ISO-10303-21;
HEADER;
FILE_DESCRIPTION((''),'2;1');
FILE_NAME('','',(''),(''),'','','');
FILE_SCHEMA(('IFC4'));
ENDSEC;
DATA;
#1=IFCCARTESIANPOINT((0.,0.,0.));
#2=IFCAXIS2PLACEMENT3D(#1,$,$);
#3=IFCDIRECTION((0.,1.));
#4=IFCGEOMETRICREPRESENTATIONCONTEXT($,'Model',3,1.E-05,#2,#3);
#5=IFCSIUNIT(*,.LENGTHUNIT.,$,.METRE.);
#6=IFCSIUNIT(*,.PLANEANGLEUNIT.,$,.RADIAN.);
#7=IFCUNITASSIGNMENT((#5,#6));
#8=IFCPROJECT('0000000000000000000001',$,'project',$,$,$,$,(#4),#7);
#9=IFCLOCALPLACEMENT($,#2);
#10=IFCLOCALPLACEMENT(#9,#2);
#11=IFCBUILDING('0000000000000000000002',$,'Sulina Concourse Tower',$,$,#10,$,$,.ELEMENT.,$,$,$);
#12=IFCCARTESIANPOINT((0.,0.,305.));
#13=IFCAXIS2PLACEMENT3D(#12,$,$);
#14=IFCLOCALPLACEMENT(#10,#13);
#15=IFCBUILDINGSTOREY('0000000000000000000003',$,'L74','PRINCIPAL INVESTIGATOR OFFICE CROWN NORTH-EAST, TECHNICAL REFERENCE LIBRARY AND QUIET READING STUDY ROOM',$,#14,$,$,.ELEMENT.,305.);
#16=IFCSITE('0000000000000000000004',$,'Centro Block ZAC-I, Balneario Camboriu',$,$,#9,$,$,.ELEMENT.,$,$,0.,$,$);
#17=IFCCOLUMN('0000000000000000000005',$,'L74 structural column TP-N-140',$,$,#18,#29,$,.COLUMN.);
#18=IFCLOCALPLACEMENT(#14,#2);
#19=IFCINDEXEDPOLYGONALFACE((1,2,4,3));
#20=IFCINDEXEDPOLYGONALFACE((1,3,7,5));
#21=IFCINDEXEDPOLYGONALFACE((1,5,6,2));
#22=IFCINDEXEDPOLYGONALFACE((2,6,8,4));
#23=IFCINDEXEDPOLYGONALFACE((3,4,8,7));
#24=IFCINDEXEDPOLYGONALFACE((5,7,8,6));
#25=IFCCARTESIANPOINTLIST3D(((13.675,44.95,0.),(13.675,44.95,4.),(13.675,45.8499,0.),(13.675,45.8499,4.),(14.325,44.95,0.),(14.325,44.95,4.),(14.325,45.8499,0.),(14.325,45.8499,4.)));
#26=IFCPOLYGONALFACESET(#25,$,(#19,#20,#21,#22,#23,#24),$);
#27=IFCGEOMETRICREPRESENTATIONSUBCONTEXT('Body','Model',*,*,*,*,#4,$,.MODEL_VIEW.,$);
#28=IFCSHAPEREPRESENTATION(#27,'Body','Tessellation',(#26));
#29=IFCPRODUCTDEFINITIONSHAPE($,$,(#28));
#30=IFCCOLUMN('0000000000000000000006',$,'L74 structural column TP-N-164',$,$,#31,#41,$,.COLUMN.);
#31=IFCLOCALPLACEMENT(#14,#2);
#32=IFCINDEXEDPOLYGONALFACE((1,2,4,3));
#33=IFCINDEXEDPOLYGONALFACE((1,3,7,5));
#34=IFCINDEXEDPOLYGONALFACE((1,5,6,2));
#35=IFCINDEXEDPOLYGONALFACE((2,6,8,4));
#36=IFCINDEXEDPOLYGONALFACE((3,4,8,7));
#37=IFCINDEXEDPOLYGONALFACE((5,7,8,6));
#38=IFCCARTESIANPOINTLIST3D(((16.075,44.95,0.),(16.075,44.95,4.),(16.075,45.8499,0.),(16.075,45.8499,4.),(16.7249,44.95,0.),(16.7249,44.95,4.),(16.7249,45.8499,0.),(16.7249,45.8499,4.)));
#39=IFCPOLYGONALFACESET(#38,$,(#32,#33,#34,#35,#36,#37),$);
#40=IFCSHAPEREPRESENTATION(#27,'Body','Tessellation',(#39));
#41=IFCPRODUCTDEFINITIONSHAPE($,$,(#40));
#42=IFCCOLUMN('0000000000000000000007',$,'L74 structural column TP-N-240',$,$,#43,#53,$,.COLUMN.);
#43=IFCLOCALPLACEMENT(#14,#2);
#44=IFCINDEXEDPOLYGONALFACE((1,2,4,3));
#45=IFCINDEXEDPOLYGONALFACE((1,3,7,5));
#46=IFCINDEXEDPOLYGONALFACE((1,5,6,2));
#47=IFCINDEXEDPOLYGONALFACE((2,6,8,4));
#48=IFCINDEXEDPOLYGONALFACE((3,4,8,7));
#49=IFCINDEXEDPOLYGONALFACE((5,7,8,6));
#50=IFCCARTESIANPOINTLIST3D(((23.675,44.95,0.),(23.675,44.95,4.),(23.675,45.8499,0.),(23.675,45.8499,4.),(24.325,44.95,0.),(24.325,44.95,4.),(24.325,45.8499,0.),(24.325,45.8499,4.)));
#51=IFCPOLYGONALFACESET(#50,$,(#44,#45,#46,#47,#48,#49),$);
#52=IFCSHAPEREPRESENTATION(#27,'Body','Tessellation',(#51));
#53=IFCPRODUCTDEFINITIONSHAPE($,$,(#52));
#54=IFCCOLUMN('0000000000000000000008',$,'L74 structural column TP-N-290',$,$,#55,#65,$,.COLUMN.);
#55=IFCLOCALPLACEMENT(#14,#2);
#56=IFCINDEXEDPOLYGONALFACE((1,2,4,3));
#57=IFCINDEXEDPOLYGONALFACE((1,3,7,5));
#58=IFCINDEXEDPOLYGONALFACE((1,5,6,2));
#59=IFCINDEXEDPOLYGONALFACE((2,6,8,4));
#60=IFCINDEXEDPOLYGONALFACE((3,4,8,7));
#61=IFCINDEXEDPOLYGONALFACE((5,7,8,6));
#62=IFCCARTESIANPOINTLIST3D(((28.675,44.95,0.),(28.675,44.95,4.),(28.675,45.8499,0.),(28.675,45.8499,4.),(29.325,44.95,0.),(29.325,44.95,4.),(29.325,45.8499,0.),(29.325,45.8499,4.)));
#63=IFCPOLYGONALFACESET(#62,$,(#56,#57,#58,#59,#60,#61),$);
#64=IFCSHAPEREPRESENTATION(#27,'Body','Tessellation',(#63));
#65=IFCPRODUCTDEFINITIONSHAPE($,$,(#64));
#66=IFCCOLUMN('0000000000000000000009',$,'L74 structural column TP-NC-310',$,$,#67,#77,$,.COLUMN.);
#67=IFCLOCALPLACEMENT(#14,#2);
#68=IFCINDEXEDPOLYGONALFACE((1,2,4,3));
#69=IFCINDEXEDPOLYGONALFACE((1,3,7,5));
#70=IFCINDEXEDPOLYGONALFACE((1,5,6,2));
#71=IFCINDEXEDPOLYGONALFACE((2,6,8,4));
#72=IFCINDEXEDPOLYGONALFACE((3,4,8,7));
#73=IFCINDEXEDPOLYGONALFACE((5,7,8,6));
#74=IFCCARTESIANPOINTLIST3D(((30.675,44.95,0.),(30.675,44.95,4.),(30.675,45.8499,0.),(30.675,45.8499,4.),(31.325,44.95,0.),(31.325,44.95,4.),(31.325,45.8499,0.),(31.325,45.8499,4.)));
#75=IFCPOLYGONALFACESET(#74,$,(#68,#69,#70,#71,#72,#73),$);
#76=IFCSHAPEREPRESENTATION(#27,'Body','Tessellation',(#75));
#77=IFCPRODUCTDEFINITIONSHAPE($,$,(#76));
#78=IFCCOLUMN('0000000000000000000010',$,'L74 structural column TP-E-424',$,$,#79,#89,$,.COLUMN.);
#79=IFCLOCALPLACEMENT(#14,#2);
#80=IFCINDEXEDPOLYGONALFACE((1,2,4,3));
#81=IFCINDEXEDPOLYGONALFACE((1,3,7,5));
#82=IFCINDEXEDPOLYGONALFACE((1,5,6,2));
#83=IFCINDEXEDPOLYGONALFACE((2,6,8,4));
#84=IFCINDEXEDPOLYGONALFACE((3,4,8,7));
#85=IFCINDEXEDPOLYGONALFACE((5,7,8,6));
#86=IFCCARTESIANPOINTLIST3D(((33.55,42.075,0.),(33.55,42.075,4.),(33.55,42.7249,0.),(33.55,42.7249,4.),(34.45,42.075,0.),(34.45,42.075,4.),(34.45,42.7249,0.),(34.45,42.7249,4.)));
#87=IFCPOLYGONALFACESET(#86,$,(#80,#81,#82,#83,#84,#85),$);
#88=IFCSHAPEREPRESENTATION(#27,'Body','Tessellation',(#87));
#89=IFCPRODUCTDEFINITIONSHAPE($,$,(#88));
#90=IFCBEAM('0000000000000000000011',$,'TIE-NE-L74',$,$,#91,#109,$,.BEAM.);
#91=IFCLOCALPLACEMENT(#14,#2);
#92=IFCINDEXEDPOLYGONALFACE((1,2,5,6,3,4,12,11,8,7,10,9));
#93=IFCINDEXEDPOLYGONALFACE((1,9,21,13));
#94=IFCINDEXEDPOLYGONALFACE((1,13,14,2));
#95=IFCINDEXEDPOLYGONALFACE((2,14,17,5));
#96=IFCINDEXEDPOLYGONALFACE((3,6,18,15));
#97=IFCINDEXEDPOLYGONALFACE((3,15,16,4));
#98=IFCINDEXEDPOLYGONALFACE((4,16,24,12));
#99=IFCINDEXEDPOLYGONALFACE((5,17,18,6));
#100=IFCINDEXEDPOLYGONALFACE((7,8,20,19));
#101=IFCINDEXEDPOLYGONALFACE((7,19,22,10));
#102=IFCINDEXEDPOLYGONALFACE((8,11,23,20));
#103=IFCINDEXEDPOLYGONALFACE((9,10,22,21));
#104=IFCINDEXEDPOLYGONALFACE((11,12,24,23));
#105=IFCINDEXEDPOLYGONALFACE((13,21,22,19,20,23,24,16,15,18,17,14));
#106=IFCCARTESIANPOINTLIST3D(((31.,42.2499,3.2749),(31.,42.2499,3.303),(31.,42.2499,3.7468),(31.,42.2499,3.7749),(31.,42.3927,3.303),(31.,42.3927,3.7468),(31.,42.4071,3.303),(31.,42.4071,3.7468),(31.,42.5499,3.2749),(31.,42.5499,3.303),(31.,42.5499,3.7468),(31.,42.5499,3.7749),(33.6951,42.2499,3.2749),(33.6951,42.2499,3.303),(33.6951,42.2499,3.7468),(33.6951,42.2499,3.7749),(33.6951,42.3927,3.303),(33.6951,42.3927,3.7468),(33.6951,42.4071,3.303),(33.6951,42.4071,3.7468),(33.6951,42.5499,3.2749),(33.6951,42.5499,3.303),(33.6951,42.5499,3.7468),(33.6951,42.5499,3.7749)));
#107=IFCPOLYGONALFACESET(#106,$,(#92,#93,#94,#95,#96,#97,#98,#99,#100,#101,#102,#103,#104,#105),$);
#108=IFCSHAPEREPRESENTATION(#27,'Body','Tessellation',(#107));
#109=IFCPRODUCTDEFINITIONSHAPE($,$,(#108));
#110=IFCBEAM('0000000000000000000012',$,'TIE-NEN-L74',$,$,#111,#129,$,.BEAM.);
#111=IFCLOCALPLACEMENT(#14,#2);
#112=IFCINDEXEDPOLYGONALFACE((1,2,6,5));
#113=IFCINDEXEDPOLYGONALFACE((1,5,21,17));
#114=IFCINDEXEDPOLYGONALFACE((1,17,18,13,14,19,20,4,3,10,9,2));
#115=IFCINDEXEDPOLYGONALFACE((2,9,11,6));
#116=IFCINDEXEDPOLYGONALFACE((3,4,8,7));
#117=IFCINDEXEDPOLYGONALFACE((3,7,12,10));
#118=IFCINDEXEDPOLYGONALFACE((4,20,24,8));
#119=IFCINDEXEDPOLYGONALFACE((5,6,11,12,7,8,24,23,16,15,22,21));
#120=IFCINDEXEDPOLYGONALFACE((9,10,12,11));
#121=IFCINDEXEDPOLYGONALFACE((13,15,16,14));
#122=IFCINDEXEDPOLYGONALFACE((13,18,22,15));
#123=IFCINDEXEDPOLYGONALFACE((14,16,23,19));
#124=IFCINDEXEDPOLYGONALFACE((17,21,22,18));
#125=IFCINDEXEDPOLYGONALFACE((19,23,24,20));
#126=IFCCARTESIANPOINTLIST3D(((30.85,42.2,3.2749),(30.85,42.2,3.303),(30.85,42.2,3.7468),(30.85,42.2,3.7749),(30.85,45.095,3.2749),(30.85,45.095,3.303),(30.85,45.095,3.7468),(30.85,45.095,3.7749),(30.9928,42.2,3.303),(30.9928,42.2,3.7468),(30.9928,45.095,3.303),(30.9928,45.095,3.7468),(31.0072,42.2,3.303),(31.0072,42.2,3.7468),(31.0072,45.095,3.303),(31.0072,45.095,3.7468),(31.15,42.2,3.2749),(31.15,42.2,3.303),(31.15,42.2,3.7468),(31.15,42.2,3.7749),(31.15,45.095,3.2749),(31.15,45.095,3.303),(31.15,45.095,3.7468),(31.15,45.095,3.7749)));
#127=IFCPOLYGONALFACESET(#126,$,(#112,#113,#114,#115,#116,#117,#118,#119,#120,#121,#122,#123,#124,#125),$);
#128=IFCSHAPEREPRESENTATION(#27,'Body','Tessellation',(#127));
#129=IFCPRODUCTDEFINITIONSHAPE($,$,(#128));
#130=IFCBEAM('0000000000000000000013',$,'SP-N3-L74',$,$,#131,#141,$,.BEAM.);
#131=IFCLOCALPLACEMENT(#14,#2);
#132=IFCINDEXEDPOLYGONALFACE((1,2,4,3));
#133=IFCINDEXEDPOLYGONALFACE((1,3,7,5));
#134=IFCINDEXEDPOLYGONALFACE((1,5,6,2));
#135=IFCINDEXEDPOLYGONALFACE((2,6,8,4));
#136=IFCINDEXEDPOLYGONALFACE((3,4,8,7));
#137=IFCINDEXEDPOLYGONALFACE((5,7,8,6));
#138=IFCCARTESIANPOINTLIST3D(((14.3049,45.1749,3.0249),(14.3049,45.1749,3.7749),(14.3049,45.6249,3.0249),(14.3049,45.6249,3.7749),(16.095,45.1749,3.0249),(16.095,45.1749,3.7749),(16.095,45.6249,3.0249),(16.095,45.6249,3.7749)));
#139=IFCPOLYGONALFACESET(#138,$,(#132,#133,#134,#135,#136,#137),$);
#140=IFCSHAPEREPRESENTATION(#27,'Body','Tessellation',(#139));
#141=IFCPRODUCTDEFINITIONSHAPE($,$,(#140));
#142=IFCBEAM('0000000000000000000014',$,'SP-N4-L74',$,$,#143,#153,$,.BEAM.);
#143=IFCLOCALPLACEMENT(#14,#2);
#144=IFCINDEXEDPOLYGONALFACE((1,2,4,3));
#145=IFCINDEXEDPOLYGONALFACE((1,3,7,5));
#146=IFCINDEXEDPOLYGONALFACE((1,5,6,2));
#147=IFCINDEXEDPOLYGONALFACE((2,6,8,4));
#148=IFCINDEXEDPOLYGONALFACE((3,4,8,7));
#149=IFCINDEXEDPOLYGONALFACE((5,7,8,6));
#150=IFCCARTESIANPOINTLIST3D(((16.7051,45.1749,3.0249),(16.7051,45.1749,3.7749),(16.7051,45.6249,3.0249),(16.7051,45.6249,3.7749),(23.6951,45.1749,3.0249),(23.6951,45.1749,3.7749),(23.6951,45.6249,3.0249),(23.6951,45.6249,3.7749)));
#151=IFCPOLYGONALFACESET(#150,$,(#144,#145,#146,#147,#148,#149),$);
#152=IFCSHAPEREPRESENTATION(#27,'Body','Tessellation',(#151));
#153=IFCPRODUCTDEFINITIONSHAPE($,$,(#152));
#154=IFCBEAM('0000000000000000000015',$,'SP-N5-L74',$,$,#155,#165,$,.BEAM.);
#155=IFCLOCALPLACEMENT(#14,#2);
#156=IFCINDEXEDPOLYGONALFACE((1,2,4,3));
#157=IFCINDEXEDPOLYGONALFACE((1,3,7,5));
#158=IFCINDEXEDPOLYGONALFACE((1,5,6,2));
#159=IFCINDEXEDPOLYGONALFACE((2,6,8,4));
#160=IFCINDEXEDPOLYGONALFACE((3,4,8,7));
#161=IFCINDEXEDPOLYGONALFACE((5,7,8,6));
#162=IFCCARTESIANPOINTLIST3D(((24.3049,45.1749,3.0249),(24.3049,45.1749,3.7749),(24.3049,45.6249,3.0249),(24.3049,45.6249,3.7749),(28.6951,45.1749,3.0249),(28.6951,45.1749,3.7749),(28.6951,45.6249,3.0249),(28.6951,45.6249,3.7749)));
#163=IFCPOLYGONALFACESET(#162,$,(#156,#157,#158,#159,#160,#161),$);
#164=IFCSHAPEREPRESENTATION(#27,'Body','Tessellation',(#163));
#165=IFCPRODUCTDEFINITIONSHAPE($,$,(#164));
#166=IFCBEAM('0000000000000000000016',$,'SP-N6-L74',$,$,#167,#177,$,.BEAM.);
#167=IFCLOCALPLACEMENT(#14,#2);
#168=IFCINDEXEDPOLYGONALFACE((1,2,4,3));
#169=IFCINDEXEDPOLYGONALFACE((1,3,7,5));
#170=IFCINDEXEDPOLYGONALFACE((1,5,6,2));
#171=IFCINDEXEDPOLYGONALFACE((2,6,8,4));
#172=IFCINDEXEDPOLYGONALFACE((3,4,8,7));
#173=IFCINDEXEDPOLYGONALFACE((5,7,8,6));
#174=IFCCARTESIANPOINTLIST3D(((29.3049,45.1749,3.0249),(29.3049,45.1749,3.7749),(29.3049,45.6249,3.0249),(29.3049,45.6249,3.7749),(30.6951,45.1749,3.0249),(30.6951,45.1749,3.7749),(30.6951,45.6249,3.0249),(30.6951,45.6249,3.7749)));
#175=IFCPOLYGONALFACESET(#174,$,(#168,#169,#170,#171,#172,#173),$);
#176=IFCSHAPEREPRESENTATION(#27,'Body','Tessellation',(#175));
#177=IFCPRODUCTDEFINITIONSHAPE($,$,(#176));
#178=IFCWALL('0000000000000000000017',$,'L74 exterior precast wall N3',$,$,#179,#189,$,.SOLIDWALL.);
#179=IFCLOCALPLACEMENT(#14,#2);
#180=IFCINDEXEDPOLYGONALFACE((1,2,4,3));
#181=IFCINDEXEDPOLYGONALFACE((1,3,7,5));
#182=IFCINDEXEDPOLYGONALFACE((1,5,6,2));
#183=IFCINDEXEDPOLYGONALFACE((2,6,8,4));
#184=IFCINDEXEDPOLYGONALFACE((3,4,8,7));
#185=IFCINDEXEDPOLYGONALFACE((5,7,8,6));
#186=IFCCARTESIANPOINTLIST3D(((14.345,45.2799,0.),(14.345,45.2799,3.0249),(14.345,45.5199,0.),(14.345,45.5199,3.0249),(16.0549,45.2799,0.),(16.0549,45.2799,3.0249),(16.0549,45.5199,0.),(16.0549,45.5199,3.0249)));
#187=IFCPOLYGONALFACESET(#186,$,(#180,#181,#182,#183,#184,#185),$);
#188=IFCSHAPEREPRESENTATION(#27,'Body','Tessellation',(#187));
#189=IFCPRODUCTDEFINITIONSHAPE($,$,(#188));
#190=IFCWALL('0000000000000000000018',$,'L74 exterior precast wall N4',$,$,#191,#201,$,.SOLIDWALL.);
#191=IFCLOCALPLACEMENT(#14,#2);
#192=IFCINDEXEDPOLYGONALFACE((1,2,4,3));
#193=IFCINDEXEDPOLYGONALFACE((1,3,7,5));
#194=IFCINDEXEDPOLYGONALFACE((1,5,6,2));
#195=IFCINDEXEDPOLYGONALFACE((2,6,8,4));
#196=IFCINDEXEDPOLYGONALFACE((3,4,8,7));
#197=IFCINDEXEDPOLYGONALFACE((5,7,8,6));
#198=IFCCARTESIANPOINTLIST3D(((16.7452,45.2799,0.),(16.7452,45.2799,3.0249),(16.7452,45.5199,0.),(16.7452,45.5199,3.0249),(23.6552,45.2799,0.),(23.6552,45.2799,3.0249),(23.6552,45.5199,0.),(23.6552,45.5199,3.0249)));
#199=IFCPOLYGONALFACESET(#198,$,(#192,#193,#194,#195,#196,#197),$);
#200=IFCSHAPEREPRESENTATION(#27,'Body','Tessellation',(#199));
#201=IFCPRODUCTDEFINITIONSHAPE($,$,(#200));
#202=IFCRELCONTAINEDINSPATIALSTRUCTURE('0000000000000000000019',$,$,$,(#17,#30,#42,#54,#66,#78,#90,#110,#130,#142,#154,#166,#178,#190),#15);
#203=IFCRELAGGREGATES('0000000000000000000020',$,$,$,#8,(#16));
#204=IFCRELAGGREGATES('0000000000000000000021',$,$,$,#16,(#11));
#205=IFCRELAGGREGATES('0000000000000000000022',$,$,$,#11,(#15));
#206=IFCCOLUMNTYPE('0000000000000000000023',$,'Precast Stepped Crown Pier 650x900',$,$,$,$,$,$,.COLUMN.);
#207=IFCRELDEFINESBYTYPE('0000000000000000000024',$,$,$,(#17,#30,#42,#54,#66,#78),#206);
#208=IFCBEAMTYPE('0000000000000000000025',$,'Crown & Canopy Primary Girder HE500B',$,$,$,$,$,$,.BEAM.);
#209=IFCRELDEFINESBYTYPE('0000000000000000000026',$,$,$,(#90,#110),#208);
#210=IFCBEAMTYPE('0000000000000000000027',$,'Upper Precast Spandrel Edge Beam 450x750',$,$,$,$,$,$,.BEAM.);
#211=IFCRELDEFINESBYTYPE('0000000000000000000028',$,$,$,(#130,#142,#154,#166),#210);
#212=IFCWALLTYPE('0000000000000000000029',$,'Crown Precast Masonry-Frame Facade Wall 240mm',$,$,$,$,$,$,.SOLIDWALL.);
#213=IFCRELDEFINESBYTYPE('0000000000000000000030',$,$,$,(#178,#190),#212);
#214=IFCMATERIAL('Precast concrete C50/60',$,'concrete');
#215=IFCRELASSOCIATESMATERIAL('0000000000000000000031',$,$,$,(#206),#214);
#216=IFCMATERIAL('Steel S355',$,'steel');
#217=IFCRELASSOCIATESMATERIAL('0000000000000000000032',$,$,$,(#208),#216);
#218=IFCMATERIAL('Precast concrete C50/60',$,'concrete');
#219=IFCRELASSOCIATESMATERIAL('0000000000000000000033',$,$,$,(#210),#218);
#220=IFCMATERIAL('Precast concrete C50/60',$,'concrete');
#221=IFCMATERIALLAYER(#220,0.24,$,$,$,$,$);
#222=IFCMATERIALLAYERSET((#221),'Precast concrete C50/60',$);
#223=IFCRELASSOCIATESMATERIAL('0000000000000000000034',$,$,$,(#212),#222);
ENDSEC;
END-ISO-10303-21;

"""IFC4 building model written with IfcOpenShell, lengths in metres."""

from ifc_helpers import new_model, si_unit, direction, frame, frame_2d, origin, origin_2d, place, context, subcontext, project, spatial, rectangle, i_section, extrude, material, layer, layer_set, material_profile, profile_set, type_object, element, save


model = new_model("IFC4")

# Units and contexts
model_context = context("Model", 3, precision=1e-05, world=origin(), true_north=direction((0.0, 1.0)))
body_context = subcontext(model_context, "Body", "Model", "MODEL_VIEW")
ifc_project = project(units=[si_unit("LENGTHUNIT", "METRE"), si_unit("PLANEANGLEUNIT", "RADIAN")], contexts=[model_context])

# Site, building, storey
site_placement = place(None, origin())
site = spatial("IfcSite", under=ifc_project, at=site_placement, Name="Centro Block ZAC-I, Balneario Camboriu", CompositionType="ELEMENT", RefElevation=0.0)
building_placement = place(site_placement, origin())
building = spatial("IfcBuilding", under=site, at=building_placement, Name="Sulina Concourse Tower", CompositionType="ELEMENT")
storey_placement = place(building_placement, frame((0.0, 0.0, 305.0)))
storey = spatial("IfcBuildingStorey", under=building, at=storey_placement, Name="L74", Description="PRINCIPAL INVESTIGATOR OFFICE CROWN NORTH-EAST, TECHNICAL REFERENCE LIBRARY AND QUIET READING STUDY ROOM", CompositionType="ELEMENT", Elevation=305.0)

# Columns
ifc_material_1 = material(Name="Precast concrete C50/60", Category="concrete")
ifc_material_profile_1 = material_profile(ifc_material_1, rectangle(XDim=0.6499, YDim=0.8999, at=origin_2d()), Name="PC 650x900")
ifc_profile_set_1 = profile_set([ifc_material_profile_1], Name="Precast concrete C50/60")
column_type = type_object("IfcColumnType", Name="Precast Stepped Crown Pier 650x900", PredefinedType="COLUMN", material=ifc_profile_set_1)
for number, where, z_axis, x_axis, name in (
    (1, (14.0, 45.3999, 0.0), (0.0, 0.0, 1.0), (1.0, 0.0, 0.0), "L74 structural column TP-N-140"),
    (2, (16.3999, 45.3999, 0.0), (0.0, 0.0, 1.0), (1.0, 0.0, 0.0), "L74 structural column TP-N-164"),
    (3, (24.0, 45.3999, 0.0), (0.0, 0.0, 1.0), (1.0, 0.0, 0.0), "L74 structural column TP-N-240"),
    (4, (29.0, 45.3999, 0.0), (0.0, 0.0, 1.0), (1.0, 0.0, 0.0), "L74 structural column TP-N-290"),
    (5, (31.0, 45.3999, 0.0), (0.0, 0.0, 1.0), (1.0, 0.0, 0.0), "L74 structural column TP-NC-310"),
    (6, (34.0, 42.3999, 0.0), (0.0, 0.0, 1.0), (0.0, 1.0, 0.0), "L74 structural column TP-E-424"),
):
    element("IfcColumn", number, at=place(storey_placement, frame(where, z_axis=z_axis, x_axis=x_axis)), inside=storey, type_object=column_type, Name=name, PredefinedType="COLUMN", context=body_context, shape_type="SweptSolid", body=[
        extrude(rectangle(XDim=0.6499, YDim=0.8999, at=origin_2d()), origin(), (0.0, 0.0, 1.0), 4.0),
    ])

# Beams
ifc_material_2 = material(Name="Steel S355", Category="steel")
ifc_material_profile_2 = material_profile(ifc_material_2, i_section(OverallWidth=0.3, OverallDepth=0.5, WebThickness=0.0144, FlangeThickness=0.0281, at=origin_2d()), Name="HE 500 B")
ifc_profile_set_2 = profile_set([ifc_material_profile_2], Name="Steel S355")
beam_type_1 = type_object("IfcBeamType", Name="Crown & Canopy Primary Girder HE500B", PredefinedType="BEAM", material=ifc_profile_set_2)
beam_1_placement = place(storey_placement, frame((31.0, 42.3999, 3.5249), z_axis=(1.0, 0.0, 0.0), x_axis=(0.0, 1.0, 0.0)))
element("IfcBeam", 7, at=beam_1_placement, inside=storey, type_object=beam_type_1, Name="TIE-NE-L74", PredefinedType="BEAM", context=body_context, shape_type="SweptSolid", body=[
    extrude(i_section(OverallWidth=0.3, OverallDepth=0.5, WebThickness=0.0144, FlangeThickness=0.0281, at=origin_2d()), origin(), (0.0, 0.0, 1.0), 2.6951),
])
beam_2_placement = place(storey_placement, frame((31.0, 42.2, 3.5249), z_axis=(0.0, 1.0, 0.0), x_axis=(-1.0, 0.0, 0.0)))
element("IfcBeam", 8, at=beam_2_placement, inside=storey, type_object=beam_type_1, Name="TIE-NEN-L74", PredefinedType="BEAM", context=body_context, shape_type="SweptSolid", body=[
    extrude(i_section(OverallWidth=0.3, OverallDepth=0.5, WebThickness=0.0144, FlangeThickness=0.0281, at=origin_2d()), origin(), (0.0, 0.0, 1.0), 2.895),
])
ifc_material_3 = material(Name="Precast concrete C50/60", Category="concrete")
ifc_material_profile_3 = material_profile(ifc_material_3, rectangle(XDim=0.45, YDim=0.75, at=origin_2d()), Name="RC 450x750")
ifc_profile_set_3 = profile_set([ifc_material_profile_3], Name="Precast concrete C50/60")
beam_type_2 = type_object("IfcBeamType", Name="Upper Precast Spandrel Edge Beam 450x750", PredefinedType="BEAM", material=ifc_profile_set_3)
beam_3_placement = place(storey_placement, frame((14.3049, 45.3999, 3.3999), z_axis=(1.0, 0.0, 0.0), x_axis=(0.0, 1.0, 0.0)))
element("IfcBeam", 9, at=beam_3_placement, inside=storey, type_object=beam_type_2, Name="SP-N3-L74", PredefinedType="BEAM", context=body_context, shape_type="SweptSolid", body=[
    extrude(rectangle(XDim=0.45, YDim=0.75, at=origin_2d()), origin(), (0.0, 0.0, 1.0), 1.79),
])
beam_4_placement = place(storey_placement, frame((16.7051, 45.3999, 3.3999), z_axis=(1.0, 0.0, 0.0), x_axis=(0.0, 1.0, 0.0)))
element("IfcBeam", 10, at=beam_4_placement, inside=storey, type_object=beam_type_2, Name="SP-N4-L74", PredefinedType="BEAM", context=body_context, shape_type="SweptSolid", body=[
    extrude(rectangle(XDim=0.45, YDim=0.75, at=origin_2d()), origin(), (0.0, 0.0, 1.0), 6.99),
])
beam_5_placement = place(storey_placement, frame((24.3049, 45.3999, 3.3999), z_axis=(1.0, 0.0, 0.0), x_axis=(0.0, 1.0, 0.0)))
element("IfcBeam", 11, at=beam_5_placement, inside=storey, type_object=beam_type_2, Name="SP-N5-L74", PredefinedType="BEAM", context=body_context, shape_type="SweptSolid", body=[
    extrude(rectangle(XDim=0.45, YDim=0.75, at=origin_2d()), origin(), (0.0, 0.0, 1.0), 4.3901),
])
beam_6_placement = place(storey_placement, frame((29.3049, 45.3999, 3.3999), z_axis=(1.0, 0.0, 0.0), x_axis=(0.0, 1.0, 0.0)))
element("IfcBeam", 12, at=beam_6_placement, inside=storey, type_object=beam_type_2, Name="SP-N6-L74", PredefinedType="BEAM", context=body_context, shape_type="SweptSolid", body=[
    extrude(rectangle(XDim=0.45, YDim=0.75, at=origin_2d()), origin(), (0.0, 0.0, 1.0), 1.3901),
])

# Walls
ifc_material_4 = material(Name="Precast concrete C50/60", Category="concrete")
ifc_layer = layer(ifc_material_4, 0.24)
ifc_layer_set = layer_set([ifc_layer], Name="Precast concrete C50/60")
wall_type = type_object("IfcWallType", Name="Crown Precast Masonry-Frame Facade Wall 240mm", PredefinedType="SOLIDWALL", material=ifc_layer_set)
wall_1_placement = place(storey_placement, frame((14.345, 45.3999, 0.0), z_axis=(0.0, 0.0, 1.0), x_axis=(1.0, 0.0, 0.0)))
element("IfcWall", 13, at=wall_1_placement, inside=storey, type_object=wall_type, Name="L74 exterior precast wall N3", PredefinedType="SOLIDWALL", context=body_context, shape_type="SweptSolid", body=[
    extrude(rectangle(XDim=1.71, YDim=0.24, at=frame_2d((0.855, 0.0))), origin(), (0.0, 0.0, 1.0), 3.0249),
])
wall_2_placement = place(storey_placement, frame((16.7451, 45.3999, 0.0), z_axis=(0.0, 0.0, 1.0), x_axis=(1.0, 0.0, 0.0)))
element("IfcWall", 14, at=wall_2_placement, inside=storey, type_object=wall_type, Name="L74 exterior precast wall N4", PredefinedType="SOLIDWALL", context=body_context, shape_type="SweptSolid", body=[
    extrude(rectangle(XDim=6.9099, YDim=0.24, at=frame_2d((3.4551, 0.0))), origin(), (0.0, 0.0, 1.0), 3.0249),
])

save(model, "model.ifc")
